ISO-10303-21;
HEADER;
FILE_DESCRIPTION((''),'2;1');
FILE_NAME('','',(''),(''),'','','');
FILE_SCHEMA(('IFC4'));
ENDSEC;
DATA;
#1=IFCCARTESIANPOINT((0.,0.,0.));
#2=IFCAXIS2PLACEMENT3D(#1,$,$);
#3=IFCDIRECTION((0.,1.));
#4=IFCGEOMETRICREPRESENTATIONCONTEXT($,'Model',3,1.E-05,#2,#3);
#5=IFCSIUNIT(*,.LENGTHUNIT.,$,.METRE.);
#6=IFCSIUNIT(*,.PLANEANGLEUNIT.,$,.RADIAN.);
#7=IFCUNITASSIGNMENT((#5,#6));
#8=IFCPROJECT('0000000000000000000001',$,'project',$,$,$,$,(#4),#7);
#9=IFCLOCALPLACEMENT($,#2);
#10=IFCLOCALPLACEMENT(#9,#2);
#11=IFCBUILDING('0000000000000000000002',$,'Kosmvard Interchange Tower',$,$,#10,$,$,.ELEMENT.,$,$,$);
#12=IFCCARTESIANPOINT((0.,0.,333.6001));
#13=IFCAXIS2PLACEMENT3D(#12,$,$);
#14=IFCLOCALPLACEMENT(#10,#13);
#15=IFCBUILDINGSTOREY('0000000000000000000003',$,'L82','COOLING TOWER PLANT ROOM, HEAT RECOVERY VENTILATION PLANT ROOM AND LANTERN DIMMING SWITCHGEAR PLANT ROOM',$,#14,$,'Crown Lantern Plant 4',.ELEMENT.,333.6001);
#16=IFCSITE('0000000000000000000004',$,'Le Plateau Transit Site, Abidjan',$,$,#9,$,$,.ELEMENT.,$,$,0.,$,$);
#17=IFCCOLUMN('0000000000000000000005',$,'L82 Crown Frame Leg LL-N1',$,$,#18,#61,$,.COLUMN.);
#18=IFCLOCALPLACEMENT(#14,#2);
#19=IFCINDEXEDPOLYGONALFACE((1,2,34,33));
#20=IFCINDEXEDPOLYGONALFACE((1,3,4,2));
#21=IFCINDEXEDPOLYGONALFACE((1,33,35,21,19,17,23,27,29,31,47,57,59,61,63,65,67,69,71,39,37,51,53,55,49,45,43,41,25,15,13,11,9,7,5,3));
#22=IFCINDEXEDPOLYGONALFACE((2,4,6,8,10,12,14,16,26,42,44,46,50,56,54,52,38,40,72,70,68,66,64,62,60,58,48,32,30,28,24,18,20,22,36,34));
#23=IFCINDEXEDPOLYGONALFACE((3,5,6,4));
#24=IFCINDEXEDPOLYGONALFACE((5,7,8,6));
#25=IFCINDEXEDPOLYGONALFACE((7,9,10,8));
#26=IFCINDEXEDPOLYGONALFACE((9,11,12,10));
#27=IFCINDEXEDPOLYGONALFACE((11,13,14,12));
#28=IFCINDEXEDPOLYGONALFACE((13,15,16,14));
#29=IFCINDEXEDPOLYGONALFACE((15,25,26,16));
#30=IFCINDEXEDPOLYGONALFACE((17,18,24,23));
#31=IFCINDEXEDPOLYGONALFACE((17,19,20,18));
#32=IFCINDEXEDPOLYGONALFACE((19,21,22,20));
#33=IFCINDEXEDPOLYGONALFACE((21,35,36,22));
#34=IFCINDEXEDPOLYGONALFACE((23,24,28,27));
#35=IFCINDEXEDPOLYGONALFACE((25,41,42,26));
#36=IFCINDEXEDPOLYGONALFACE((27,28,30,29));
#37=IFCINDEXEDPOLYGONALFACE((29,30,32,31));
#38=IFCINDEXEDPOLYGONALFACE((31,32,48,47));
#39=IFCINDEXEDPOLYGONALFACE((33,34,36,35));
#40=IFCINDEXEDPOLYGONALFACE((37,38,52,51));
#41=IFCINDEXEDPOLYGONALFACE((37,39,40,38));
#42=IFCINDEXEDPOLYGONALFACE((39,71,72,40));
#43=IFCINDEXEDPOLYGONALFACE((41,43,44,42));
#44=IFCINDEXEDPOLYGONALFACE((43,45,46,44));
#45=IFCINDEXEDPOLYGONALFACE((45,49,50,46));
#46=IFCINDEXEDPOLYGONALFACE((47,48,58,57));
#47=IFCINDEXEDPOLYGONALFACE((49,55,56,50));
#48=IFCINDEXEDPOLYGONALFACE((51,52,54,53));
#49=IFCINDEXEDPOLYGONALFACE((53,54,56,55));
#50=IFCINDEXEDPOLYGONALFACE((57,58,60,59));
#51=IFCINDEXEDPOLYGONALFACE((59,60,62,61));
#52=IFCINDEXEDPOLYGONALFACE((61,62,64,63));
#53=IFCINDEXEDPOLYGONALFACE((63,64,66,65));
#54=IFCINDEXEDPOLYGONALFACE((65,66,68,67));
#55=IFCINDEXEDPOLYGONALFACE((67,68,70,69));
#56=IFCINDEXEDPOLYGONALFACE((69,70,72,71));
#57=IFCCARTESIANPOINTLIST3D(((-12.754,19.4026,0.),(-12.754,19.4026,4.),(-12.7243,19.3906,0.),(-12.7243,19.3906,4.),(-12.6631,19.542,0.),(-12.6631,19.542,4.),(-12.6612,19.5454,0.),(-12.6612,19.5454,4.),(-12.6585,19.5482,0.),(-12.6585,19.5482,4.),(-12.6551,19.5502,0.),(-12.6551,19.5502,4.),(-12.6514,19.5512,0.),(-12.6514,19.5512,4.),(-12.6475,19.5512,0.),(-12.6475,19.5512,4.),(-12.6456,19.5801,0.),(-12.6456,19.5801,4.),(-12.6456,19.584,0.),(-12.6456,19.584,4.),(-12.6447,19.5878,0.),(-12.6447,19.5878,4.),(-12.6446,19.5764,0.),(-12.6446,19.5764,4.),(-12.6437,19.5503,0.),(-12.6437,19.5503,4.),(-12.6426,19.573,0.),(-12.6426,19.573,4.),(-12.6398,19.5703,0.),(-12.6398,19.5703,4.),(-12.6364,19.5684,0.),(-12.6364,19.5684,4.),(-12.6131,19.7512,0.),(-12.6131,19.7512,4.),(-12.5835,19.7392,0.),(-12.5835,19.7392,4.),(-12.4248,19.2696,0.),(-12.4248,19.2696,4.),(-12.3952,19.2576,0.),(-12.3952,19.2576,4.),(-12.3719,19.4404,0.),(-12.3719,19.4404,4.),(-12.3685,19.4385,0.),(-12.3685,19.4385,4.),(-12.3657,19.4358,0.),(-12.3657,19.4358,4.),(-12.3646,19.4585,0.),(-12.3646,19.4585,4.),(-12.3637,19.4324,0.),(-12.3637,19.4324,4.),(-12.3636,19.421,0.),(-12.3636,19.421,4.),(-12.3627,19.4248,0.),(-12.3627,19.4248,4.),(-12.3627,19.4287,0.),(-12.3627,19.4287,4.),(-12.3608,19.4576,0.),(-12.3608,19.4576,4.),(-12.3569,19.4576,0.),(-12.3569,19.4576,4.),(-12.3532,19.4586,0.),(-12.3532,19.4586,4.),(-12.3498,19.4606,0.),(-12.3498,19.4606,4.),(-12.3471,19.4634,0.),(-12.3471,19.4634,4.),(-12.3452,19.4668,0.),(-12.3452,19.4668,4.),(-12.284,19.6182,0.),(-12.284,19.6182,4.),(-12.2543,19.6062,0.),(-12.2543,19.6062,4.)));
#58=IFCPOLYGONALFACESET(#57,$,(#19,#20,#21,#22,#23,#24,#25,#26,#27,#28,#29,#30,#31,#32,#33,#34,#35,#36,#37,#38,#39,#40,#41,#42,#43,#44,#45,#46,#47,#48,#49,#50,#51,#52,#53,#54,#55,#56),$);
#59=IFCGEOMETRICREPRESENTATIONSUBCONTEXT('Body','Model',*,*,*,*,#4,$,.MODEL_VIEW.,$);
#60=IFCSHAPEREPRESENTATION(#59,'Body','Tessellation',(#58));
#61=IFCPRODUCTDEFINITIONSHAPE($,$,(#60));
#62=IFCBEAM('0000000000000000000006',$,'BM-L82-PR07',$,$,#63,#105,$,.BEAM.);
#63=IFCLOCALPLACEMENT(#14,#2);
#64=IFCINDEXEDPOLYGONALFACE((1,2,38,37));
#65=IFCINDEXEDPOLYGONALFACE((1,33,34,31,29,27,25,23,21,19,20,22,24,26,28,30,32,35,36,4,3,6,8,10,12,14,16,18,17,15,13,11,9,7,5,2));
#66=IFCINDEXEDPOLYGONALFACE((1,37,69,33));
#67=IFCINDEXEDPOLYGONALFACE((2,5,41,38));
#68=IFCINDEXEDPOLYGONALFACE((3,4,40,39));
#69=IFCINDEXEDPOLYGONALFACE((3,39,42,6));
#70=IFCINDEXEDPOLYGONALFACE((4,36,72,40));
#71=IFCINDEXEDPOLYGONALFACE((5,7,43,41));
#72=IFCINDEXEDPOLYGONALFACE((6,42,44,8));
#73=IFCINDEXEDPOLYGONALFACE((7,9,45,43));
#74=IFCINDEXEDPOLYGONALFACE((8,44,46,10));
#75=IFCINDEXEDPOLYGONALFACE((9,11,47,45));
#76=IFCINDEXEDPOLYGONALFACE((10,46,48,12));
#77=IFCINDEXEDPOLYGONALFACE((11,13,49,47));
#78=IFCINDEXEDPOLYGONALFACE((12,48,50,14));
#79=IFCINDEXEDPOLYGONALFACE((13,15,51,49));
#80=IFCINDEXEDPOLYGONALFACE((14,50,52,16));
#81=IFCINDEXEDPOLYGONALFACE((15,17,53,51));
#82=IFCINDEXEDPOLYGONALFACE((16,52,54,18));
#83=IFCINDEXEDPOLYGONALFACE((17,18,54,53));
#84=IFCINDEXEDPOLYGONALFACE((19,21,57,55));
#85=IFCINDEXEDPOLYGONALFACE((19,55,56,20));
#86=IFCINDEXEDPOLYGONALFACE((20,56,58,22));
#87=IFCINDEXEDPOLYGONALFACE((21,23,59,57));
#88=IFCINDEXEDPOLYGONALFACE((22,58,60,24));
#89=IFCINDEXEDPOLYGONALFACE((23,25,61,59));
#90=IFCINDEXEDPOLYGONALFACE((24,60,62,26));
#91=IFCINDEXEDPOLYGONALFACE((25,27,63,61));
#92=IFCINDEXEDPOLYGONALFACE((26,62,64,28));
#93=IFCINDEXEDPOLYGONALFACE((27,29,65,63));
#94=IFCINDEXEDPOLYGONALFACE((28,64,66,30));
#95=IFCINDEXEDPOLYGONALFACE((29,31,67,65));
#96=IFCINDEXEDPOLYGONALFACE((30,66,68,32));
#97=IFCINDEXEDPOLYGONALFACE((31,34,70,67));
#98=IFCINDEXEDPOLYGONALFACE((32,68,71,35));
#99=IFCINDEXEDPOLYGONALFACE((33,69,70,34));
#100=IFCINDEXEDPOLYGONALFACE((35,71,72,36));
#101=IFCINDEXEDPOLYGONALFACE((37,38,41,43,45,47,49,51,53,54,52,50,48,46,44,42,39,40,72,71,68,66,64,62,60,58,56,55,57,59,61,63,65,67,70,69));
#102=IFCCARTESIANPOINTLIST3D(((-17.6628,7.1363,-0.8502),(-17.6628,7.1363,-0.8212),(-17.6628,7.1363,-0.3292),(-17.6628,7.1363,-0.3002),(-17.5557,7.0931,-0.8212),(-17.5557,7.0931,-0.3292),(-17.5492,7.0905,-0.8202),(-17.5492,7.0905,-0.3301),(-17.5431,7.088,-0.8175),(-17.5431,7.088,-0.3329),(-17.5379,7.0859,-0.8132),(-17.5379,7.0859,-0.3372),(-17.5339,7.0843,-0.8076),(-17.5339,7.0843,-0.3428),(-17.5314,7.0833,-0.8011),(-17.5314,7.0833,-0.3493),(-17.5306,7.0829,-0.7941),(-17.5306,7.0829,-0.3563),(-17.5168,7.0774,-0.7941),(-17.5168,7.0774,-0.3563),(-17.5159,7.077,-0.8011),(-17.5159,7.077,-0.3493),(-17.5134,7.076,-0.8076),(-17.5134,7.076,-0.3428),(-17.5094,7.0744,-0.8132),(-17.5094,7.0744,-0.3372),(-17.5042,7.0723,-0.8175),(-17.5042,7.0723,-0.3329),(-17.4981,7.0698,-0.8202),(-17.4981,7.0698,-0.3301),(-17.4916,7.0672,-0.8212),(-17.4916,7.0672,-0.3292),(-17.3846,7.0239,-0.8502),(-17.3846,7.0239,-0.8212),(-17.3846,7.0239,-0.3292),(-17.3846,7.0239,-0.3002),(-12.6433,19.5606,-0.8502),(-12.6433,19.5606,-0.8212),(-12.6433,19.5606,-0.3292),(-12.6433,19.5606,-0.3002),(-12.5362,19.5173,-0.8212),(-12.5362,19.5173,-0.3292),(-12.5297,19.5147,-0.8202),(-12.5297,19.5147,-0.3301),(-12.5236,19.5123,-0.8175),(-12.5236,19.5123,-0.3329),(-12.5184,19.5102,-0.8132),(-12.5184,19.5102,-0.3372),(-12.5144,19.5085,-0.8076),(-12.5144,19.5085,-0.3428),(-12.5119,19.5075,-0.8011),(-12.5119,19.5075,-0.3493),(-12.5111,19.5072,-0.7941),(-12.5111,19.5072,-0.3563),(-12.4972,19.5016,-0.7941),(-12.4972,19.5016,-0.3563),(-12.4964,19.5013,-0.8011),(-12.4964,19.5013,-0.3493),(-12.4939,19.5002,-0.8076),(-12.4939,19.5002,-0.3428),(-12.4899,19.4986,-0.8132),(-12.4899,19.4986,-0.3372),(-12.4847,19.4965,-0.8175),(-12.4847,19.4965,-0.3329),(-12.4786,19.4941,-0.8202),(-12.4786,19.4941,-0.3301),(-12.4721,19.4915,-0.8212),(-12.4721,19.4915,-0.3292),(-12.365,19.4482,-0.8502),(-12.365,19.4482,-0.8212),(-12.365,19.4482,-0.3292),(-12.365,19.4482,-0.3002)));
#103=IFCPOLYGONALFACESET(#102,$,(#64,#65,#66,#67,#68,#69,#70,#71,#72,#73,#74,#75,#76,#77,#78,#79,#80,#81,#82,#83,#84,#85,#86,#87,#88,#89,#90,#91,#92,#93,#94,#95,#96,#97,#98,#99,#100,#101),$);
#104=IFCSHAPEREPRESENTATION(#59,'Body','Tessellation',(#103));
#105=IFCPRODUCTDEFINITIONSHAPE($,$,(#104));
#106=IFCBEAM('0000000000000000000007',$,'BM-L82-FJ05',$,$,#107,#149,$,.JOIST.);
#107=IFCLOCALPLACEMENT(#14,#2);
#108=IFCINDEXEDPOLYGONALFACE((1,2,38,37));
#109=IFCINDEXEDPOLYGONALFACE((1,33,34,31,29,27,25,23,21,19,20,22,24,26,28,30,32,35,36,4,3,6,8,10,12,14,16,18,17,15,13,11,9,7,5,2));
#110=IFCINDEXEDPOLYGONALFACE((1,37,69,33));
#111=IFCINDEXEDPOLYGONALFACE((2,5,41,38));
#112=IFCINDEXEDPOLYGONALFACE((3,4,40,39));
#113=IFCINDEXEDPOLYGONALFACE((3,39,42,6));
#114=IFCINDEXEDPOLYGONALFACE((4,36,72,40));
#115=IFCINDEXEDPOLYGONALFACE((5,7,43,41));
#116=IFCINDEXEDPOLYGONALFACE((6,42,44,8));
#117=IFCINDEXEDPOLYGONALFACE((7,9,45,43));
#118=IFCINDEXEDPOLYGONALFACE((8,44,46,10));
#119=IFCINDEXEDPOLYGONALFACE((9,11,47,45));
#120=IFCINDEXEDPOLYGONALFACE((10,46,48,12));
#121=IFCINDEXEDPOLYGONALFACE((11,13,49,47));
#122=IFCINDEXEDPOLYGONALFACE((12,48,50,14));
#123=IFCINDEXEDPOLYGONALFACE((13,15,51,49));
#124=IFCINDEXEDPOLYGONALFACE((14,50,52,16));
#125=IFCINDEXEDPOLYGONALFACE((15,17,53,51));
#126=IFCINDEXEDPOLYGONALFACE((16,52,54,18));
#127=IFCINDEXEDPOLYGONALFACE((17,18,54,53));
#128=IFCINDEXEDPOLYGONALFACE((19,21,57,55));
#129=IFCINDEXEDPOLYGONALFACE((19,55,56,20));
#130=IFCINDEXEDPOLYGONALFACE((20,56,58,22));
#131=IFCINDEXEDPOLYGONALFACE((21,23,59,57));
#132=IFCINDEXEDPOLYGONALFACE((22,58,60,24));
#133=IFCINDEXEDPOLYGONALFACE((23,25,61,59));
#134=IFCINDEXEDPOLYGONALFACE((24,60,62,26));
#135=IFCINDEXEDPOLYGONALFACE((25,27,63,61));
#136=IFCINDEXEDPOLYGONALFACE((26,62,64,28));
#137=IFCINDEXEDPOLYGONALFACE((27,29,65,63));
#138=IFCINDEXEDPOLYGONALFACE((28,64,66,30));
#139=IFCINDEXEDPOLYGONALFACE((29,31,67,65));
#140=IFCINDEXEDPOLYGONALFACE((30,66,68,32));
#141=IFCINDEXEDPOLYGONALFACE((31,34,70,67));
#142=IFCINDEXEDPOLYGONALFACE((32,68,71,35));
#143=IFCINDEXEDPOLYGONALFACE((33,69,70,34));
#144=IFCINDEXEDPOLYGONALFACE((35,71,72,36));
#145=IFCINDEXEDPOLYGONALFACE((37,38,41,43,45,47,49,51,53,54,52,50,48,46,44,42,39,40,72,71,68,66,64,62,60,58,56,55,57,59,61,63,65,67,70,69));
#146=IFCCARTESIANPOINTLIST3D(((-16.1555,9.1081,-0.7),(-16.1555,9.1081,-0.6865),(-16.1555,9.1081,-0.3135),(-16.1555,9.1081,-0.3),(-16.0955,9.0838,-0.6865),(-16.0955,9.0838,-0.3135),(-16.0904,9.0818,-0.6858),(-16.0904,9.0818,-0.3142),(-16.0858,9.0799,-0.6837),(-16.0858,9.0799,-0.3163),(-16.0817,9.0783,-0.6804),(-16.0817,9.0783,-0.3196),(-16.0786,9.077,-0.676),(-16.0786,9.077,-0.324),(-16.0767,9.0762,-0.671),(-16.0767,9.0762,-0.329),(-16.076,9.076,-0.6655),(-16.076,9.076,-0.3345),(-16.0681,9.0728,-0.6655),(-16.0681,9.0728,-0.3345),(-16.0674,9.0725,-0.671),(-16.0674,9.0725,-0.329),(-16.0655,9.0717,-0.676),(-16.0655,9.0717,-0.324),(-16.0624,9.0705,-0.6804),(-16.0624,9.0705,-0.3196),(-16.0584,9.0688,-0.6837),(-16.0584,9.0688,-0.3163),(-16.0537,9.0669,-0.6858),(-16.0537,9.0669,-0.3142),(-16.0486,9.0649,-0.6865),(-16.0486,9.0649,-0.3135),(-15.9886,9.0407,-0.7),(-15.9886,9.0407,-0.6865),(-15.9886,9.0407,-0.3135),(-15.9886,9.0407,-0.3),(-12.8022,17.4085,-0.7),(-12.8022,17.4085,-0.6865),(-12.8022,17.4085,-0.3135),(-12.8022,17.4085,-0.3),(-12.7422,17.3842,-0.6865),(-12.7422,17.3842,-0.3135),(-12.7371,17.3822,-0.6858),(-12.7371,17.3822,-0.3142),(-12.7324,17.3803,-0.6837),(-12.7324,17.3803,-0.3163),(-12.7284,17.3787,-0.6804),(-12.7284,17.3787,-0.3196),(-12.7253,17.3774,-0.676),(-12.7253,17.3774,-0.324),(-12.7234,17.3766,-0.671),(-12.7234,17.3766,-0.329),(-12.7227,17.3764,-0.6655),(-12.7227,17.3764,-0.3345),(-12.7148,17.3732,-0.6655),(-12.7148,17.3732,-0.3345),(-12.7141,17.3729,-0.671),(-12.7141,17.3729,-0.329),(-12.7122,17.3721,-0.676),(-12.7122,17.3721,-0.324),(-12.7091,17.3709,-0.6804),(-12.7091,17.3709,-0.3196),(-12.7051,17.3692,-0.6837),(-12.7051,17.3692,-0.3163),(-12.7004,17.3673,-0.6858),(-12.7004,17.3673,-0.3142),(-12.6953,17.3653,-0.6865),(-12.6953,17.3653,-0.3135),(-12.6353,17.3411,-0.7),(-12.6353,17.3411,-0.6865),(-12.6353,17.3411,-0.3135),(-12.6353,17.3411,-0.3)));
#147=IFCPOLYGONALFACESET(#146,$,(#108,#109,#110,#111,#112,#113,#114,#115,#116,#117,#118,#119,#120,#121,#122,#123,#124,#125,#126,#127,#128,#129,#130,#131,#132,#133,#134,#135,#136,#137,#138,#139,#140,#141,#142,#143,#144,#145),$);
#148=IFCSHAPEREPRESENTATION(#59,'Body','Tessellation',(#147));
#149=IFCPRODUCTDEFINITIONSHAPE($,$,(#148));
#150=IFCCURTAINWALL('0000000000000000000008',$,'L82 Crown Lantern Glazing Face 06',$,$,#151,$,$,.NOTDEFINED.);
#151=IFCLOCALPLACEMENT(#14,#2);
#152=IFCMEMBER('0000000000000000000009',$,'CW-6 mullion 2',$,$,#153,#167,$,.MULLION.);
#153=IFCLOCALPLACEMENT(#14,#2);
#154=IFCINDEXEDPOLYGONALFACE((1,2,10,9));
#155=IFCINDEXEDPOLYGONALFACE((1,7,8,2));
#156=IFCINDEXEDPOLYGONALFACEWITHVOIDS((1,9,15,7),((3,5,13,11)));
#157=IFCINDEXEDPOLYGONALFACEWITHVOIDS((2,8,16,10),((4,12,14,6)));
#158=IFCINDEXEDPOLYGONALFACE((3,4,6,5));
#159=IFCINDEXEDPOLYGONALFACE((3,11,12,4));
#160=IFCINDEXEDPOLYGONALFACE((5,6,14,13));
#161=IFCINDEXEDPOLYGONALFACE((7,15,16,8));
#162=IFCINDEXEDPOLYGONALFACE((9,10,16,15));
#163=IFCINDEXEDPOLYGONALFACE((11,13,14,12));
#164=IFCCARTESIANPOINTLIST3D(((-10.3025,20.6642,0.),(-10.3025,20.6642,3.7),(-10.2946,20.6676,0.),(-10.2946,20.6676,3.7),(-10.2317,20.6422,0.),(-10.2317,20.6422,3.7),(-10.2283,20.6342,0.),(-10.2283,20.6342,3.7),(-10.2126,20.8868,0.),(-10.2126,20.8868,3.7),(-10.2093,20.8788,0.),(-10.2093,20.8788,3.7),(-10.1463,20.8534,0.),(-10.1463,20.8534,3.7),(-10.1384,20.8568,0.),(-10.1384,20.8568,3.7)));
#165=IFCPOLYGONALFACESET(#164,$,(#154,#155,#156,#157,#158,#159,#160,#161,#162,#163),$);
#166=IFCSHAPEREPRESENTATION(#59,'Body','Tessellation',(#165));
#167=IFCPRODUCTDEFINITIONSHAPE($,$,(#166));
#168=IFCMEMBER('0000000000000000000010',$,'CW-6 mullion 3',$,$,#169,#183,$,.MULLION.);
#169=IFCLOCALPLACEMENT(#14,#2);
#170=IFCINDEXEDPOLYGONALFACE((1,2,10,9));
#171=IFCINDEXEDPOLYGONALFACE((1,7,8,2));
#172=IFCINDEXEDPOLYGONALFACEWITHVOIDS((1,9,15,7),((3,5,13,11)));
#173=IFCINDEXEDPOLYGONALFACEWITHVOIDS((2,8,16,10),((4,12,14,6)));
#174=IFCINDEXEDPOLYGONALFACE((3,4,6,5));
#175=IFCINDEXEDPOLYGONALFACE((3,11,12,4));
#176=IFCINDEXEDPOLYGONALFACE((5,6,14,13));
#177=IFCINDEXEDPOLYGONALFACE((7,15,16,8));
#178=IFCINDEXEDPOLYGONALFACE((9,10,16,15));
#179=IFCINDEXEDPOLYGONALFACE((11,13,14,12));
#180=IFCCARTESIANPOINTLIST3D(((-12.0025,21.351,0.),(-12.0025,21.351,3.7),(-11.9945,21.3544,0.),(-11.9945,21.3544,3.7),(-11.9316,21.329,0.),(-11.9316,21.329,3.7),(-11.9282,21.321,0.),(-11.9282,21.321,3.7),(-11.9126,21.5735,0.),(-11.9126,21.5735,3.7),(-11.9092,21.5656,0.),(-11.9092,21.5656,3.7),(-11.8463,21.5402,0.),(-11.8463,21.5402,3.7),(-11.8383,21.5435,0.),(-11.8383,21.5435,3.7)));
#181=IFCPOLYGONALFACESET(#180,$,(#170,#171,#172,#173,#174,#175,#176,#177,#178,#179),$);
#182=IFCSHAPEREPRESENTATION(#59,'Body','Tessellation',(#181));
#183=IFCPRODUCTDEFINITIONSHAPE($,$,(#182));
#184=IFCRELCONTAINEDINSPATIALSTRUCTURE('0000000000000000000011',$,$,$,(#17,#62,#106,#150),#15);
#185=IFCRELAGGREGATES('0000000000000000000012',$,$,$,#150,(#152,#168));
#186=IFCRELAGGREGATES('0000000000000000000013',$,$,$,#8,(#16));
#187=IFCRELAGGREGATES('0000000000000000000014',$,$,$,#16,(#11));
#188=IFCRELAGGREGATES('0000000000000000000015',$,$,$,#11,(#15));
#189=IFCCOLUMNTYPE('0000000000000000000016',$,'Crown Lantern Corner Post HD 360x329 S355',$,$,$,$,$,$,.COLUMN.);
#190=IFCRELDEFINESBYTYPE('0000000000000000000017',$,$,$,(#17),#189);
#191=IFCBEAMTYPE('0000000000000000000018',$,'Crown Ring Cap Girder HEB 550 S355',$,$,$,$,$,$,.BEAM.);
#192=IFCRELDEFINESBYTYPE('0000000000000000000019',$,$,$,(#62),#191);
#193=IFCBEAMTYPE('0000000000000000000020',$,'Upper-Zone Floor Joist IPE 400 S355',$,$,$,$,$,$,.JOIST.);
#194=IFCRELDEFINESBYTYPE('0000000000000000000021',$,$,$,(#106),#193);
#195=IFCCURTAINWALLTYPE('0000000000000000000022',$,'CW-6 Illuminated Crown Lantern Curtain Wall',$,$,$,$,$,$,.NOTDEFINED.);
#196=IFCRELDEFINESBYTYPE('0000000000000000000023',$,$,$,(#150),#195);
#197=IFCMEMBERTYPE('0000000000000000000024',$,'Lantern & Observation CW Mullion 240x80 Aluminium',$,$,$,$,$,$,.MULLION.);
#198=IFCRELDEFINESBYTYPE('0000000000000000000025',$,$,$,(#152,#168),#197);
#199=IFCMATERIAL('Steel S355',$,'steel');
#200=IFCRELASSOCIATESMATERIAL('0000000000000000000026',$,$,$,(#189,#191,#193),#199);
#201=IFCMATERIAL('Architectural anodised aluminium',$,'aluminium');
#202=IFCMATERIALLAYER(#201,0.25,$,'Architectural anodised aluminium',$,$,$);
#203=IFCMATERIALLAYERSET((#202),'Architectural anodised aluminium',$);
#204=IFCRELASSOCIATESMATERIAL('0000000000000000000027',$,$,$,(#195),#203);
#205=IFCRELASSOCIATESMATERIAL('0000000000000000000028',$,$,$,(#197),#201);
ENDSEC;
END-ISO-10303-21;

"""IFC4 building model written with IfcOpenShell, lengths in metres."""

from ifc_helpers import new_model, si_unit, direction, frame, origin, origin_2d, place, context, subcontext, project, spatial, hollow_rectangle, i_section, extrude, source, transform, mapped, material, layer, layer_set, material_profile, profile_set, type_object, element, aggregate, save


model = new_model("IFC4")

# Units and contexts
model_context = context("Model", 3, precision=1e-05, world=origin(), true_north=direction((0.0, 1.0)))
body_context = subcontext(model_context, "Body", "Model", "MODEL_VIEW")
ifc_project = project(units=[si_unit("LENGTHUNIT", "METRE"), si_unit("PLANEANGLEUNIT", "RADIAN")], contexts=[model_context])

# Site, building, storey
site_placement = place(None, origin())
site = spatial("IfcSite", under=ifc_project, at=site_placement, Name="Le Plateau Transit Site, Abidjan", CompositionType="ELEMENT", RefElevation=0.0)
building_placement = place(site_placement, origin())
building = spatial("IfcBuilding", under=site, at=building_placement, Name="Kosmvard Interchange Tower", CompositionType="ELEMENT")
storey_placement = place(building_placement, frame((0.0, 0.0, 333.6001)))
storey = spatial("IfcBuildingStorey", under=building, at=storey_placement, Name="L82", Description="COOLING TOWER PLANT ROOM, HEAT RECOVERY VENTILATION PLANT ROOM AND LANTERN DIMMING SWITCHGEAR PLANT ROOM", LongName="Crown Lantern Plant 4", CompositionType="ELEMENT", Elevation=333.6001)

# Column
ifc_material_1 = material(Name="Steel S355", Category="steel")
ifc_material_profile_1 = material_profile(ifc_material_1, i_section(OverallWidth=0.376, OverallDepth=0.387, WebThickness=0.0195, FlangeThickness=0.032, FilletRadius=0.0149, at=origin_2d()), Name="HD 360x329")
ifc_profile_set_1 = profile_set([ifc_material_profile_1], Name="Steel S355")
column_type = type_object("IfcColumnType", Name="Crown Lantern Corner Post HD 360x329 S355", PredefinedType="COLUMN", material=ifc_profile_set_1)
shared_shape_1 = source(origin(), body_context, "Body", "SweptSolid", [
    extrude(i_section(OverallWidth=0.376, OverallDepth=0.387, WebThickness=0.0195, FlangeThickness=0.032, FilletRadius=0.0149, at=origin_2d()), origin(), (0.0, 0.0, 1.0), 4.0),
])
column_placement = place(storey_placement, frame((-12.5042, 19.5044, 0.0), z_axis=(0.0, 0.0, 1.0), x_axis=(0.374607, 0.927184, 0.0)))
element("IfcColumn", 1, at=column_placement, inside=storey, type_object=column_type, Name="L82 Crown Frame Leg LL-N1", PredefinedType="COLUMN", context=body_context, shape_type="MappedRepresentation", body=[
    mapped(shared_shape_1, transform((0.0, 0.0, 0.0), scale=1.0)),
])

# Beams
ifc_material_profile_2 = material_profile(ifc_material_1, i_section(OverallWidth=0.3, OverallDepth=0.55, WebThickness=0.0149, FlangeThickness=0.0291, FilletRadius=0.0271, at=origin_2d()), Name="HEB 550")
ifc_profile_set_2 = profile_set([ifc_material_profile_2], Name="Steel S355")
beam_type_1 = type_object("IfcBeamType", Name="Crown Ring Cap Girder HEB 550 S355", PredefinedType="BEAM", material=ifc_profile_set_2)
shared_shape_2 = source(origin(), body_context, "Body", "SweptSolid", [
    extrude(i_section(OverallWidth=0.3, OverallDepth=0.55, WebThickness=0.0149, FlangeThickness=0.0291, FilletRadius=0.0271, at=origin_2d()), origin(), (0.0, 0.0, 1.0), 13.3999),
])
beam_1_placement = place(storey_placement, frame((-12.5042, 19.5044, -0.5752), z_axis=(-0.374593, -0.92719, 0.0), x_axis=(0.92719, -0.374593, 0.0)))
element("IfcBeam", 2, at=beam_1_placement, inside=storey, type_object=beam_type_1, Name="BM-L82-PR07", PredefinedType="BEAM", context=body_context, shape_type="MappedRepresentation", body=[
    mapped(shared_shape_2, transform((0.0, 0.0, 0.0), scale=1.0)),
])
ifc_material_profile_3 = material_profile(ifc_material_1, i_section(OverallWidth=0.1799, OverallDepth=0.3999, WebThickness=0.0085, FlangeThickness=0.0134, FilletRadius=0.021, at=origin_2d()), Name="IPE 400")
ifc_profile_set_3 = profile_set([ifc_material_profile_3], Name="Steel S355")
beam_type_2 = type_object("IfcBeamType", Name="Upper-Zone Floor Joist IPE 400 S355", PredefinedType="JOIST", material=ifc_profile_set_3)
shared_shape_3 = source(origin(), body_context, "Body", "SweptSolid", [
    extrude(i_section(OverallWidth=0.1799, OverallDepth=0.3999, WebThickness=0.0085, FlangeThickness=0.0134, FilletRadius=0.021, at=origin_2d()), origin(), (0.0, 0.0, 1.0), 8.9521),
])
beam_2_placement = place(storey_placement, frame((-12.7188, 17.3748, -0.5), z_axis=(-0.374581, -0.927194, 0.0), x_axis=(0.927194, -0.374581, 0.0)))
element("IfcBeam", 3, at=beam_2_placement, inside=storey, type_object=beam_type_2, Name="BM-L82-FJ05", PredefinedType="JOIST", context=body_context, shape_type="MappedRepresentation", body=[
    mapped(shared_shape_3, transform((0.0, 0.0, 0.0), scale=1.0)),
])

# Curtain wall, members
ifc_material_2 = material(Name="Architectural anodised aluminium", Category="aluminium")
ifc_layer_1 = layer(ifc_material_2, 0.25, Name="Architectural anodised aluminium")
ifc_layer_set_1 = layer_set([ifc_layer_1], Name="Architectural anodised aluminium")
curtain_wall_type = type_object("IfcCurtainWallType", Name="CW-6 Illuminated Crown Lantern Curtain Wall", PredefinedType="NOTDEFINED", material=ifc_layer_set_1)
curtain_wall_placement = place(storey_placement, origin())
curtain_wall = element("IfcCurtainWall", 4, at=curtain_wall_placement, inside=storey, type_object=curtain_wall_type, Name="L82 Crown Lantern Glazing Face 06", PredefinedType="NOTDEFINED")
ifc_material_profile_4 = material_profile(ifc_material_2, hollow_rectangle(XDim=0.24, YDim=0.0801, WallThickness=0.0061, at=origin_2d()), Name="CWM 240x80x6")
ifc_profile_set_4 = profile_set([ifc_material_profile_4], Name="Architectural anodised aluminium")
member_type_1 = type_object("IfcMemberType", Name="Lantern & Observation CW Mullion 240x80 Aluminium", PredefinedType="MULLION", material=ifc_profile_set_4)
shared_shape_4 = source(origin(), body_context, "Body", "SweptSolid", [
    extrude(hollow_rectangle(XDim=0.24, YDim=0.0801, WallThickness=0.0061, at=origin_2d()), origin(), (0.0, 0.0, 1.0), 3.7),
])
member_1_placement = place(storey_placement, frame((-10.2205, 20.7605, 0.0), z_axis=(0.0, 0.0, 1.0), x_axis=(-0.374607, -0.927184, 0.0)))
member_1 = element("IfcMember", 5, at=member_1_placement, type_object=member_type_1, Name="CW-6 mullion 2", PredefinedType="MULLION", context=body_context, shape_type="MappedRepresentation", body=[
    mapped(shared_shape_4, transform((0.0, 0.0, 0.0), scale=1.0)),
])
member_2_placement = place(storey_placement, frame((-11.9204, 21.4473, 0.0), z_axis=(0.0, 0.0, 1.0), x_axis=(-0.374607, -0.927184, 0.0)))
member_2 = element("IfcMember", 6, at=member_2_placement, type_object=member_type_1, Name="CW-6 mullion 3", PredefinedType="MULLION", context=body_context, shape_type="MappedRepresentation", body=[
    mapped(shared_shape_4, transform((0.0, 0.0, 0.0), scale=1.0)),
])

aggregate(curtain_wall, [member_1, member_2])

save(model, "model.ifc")
